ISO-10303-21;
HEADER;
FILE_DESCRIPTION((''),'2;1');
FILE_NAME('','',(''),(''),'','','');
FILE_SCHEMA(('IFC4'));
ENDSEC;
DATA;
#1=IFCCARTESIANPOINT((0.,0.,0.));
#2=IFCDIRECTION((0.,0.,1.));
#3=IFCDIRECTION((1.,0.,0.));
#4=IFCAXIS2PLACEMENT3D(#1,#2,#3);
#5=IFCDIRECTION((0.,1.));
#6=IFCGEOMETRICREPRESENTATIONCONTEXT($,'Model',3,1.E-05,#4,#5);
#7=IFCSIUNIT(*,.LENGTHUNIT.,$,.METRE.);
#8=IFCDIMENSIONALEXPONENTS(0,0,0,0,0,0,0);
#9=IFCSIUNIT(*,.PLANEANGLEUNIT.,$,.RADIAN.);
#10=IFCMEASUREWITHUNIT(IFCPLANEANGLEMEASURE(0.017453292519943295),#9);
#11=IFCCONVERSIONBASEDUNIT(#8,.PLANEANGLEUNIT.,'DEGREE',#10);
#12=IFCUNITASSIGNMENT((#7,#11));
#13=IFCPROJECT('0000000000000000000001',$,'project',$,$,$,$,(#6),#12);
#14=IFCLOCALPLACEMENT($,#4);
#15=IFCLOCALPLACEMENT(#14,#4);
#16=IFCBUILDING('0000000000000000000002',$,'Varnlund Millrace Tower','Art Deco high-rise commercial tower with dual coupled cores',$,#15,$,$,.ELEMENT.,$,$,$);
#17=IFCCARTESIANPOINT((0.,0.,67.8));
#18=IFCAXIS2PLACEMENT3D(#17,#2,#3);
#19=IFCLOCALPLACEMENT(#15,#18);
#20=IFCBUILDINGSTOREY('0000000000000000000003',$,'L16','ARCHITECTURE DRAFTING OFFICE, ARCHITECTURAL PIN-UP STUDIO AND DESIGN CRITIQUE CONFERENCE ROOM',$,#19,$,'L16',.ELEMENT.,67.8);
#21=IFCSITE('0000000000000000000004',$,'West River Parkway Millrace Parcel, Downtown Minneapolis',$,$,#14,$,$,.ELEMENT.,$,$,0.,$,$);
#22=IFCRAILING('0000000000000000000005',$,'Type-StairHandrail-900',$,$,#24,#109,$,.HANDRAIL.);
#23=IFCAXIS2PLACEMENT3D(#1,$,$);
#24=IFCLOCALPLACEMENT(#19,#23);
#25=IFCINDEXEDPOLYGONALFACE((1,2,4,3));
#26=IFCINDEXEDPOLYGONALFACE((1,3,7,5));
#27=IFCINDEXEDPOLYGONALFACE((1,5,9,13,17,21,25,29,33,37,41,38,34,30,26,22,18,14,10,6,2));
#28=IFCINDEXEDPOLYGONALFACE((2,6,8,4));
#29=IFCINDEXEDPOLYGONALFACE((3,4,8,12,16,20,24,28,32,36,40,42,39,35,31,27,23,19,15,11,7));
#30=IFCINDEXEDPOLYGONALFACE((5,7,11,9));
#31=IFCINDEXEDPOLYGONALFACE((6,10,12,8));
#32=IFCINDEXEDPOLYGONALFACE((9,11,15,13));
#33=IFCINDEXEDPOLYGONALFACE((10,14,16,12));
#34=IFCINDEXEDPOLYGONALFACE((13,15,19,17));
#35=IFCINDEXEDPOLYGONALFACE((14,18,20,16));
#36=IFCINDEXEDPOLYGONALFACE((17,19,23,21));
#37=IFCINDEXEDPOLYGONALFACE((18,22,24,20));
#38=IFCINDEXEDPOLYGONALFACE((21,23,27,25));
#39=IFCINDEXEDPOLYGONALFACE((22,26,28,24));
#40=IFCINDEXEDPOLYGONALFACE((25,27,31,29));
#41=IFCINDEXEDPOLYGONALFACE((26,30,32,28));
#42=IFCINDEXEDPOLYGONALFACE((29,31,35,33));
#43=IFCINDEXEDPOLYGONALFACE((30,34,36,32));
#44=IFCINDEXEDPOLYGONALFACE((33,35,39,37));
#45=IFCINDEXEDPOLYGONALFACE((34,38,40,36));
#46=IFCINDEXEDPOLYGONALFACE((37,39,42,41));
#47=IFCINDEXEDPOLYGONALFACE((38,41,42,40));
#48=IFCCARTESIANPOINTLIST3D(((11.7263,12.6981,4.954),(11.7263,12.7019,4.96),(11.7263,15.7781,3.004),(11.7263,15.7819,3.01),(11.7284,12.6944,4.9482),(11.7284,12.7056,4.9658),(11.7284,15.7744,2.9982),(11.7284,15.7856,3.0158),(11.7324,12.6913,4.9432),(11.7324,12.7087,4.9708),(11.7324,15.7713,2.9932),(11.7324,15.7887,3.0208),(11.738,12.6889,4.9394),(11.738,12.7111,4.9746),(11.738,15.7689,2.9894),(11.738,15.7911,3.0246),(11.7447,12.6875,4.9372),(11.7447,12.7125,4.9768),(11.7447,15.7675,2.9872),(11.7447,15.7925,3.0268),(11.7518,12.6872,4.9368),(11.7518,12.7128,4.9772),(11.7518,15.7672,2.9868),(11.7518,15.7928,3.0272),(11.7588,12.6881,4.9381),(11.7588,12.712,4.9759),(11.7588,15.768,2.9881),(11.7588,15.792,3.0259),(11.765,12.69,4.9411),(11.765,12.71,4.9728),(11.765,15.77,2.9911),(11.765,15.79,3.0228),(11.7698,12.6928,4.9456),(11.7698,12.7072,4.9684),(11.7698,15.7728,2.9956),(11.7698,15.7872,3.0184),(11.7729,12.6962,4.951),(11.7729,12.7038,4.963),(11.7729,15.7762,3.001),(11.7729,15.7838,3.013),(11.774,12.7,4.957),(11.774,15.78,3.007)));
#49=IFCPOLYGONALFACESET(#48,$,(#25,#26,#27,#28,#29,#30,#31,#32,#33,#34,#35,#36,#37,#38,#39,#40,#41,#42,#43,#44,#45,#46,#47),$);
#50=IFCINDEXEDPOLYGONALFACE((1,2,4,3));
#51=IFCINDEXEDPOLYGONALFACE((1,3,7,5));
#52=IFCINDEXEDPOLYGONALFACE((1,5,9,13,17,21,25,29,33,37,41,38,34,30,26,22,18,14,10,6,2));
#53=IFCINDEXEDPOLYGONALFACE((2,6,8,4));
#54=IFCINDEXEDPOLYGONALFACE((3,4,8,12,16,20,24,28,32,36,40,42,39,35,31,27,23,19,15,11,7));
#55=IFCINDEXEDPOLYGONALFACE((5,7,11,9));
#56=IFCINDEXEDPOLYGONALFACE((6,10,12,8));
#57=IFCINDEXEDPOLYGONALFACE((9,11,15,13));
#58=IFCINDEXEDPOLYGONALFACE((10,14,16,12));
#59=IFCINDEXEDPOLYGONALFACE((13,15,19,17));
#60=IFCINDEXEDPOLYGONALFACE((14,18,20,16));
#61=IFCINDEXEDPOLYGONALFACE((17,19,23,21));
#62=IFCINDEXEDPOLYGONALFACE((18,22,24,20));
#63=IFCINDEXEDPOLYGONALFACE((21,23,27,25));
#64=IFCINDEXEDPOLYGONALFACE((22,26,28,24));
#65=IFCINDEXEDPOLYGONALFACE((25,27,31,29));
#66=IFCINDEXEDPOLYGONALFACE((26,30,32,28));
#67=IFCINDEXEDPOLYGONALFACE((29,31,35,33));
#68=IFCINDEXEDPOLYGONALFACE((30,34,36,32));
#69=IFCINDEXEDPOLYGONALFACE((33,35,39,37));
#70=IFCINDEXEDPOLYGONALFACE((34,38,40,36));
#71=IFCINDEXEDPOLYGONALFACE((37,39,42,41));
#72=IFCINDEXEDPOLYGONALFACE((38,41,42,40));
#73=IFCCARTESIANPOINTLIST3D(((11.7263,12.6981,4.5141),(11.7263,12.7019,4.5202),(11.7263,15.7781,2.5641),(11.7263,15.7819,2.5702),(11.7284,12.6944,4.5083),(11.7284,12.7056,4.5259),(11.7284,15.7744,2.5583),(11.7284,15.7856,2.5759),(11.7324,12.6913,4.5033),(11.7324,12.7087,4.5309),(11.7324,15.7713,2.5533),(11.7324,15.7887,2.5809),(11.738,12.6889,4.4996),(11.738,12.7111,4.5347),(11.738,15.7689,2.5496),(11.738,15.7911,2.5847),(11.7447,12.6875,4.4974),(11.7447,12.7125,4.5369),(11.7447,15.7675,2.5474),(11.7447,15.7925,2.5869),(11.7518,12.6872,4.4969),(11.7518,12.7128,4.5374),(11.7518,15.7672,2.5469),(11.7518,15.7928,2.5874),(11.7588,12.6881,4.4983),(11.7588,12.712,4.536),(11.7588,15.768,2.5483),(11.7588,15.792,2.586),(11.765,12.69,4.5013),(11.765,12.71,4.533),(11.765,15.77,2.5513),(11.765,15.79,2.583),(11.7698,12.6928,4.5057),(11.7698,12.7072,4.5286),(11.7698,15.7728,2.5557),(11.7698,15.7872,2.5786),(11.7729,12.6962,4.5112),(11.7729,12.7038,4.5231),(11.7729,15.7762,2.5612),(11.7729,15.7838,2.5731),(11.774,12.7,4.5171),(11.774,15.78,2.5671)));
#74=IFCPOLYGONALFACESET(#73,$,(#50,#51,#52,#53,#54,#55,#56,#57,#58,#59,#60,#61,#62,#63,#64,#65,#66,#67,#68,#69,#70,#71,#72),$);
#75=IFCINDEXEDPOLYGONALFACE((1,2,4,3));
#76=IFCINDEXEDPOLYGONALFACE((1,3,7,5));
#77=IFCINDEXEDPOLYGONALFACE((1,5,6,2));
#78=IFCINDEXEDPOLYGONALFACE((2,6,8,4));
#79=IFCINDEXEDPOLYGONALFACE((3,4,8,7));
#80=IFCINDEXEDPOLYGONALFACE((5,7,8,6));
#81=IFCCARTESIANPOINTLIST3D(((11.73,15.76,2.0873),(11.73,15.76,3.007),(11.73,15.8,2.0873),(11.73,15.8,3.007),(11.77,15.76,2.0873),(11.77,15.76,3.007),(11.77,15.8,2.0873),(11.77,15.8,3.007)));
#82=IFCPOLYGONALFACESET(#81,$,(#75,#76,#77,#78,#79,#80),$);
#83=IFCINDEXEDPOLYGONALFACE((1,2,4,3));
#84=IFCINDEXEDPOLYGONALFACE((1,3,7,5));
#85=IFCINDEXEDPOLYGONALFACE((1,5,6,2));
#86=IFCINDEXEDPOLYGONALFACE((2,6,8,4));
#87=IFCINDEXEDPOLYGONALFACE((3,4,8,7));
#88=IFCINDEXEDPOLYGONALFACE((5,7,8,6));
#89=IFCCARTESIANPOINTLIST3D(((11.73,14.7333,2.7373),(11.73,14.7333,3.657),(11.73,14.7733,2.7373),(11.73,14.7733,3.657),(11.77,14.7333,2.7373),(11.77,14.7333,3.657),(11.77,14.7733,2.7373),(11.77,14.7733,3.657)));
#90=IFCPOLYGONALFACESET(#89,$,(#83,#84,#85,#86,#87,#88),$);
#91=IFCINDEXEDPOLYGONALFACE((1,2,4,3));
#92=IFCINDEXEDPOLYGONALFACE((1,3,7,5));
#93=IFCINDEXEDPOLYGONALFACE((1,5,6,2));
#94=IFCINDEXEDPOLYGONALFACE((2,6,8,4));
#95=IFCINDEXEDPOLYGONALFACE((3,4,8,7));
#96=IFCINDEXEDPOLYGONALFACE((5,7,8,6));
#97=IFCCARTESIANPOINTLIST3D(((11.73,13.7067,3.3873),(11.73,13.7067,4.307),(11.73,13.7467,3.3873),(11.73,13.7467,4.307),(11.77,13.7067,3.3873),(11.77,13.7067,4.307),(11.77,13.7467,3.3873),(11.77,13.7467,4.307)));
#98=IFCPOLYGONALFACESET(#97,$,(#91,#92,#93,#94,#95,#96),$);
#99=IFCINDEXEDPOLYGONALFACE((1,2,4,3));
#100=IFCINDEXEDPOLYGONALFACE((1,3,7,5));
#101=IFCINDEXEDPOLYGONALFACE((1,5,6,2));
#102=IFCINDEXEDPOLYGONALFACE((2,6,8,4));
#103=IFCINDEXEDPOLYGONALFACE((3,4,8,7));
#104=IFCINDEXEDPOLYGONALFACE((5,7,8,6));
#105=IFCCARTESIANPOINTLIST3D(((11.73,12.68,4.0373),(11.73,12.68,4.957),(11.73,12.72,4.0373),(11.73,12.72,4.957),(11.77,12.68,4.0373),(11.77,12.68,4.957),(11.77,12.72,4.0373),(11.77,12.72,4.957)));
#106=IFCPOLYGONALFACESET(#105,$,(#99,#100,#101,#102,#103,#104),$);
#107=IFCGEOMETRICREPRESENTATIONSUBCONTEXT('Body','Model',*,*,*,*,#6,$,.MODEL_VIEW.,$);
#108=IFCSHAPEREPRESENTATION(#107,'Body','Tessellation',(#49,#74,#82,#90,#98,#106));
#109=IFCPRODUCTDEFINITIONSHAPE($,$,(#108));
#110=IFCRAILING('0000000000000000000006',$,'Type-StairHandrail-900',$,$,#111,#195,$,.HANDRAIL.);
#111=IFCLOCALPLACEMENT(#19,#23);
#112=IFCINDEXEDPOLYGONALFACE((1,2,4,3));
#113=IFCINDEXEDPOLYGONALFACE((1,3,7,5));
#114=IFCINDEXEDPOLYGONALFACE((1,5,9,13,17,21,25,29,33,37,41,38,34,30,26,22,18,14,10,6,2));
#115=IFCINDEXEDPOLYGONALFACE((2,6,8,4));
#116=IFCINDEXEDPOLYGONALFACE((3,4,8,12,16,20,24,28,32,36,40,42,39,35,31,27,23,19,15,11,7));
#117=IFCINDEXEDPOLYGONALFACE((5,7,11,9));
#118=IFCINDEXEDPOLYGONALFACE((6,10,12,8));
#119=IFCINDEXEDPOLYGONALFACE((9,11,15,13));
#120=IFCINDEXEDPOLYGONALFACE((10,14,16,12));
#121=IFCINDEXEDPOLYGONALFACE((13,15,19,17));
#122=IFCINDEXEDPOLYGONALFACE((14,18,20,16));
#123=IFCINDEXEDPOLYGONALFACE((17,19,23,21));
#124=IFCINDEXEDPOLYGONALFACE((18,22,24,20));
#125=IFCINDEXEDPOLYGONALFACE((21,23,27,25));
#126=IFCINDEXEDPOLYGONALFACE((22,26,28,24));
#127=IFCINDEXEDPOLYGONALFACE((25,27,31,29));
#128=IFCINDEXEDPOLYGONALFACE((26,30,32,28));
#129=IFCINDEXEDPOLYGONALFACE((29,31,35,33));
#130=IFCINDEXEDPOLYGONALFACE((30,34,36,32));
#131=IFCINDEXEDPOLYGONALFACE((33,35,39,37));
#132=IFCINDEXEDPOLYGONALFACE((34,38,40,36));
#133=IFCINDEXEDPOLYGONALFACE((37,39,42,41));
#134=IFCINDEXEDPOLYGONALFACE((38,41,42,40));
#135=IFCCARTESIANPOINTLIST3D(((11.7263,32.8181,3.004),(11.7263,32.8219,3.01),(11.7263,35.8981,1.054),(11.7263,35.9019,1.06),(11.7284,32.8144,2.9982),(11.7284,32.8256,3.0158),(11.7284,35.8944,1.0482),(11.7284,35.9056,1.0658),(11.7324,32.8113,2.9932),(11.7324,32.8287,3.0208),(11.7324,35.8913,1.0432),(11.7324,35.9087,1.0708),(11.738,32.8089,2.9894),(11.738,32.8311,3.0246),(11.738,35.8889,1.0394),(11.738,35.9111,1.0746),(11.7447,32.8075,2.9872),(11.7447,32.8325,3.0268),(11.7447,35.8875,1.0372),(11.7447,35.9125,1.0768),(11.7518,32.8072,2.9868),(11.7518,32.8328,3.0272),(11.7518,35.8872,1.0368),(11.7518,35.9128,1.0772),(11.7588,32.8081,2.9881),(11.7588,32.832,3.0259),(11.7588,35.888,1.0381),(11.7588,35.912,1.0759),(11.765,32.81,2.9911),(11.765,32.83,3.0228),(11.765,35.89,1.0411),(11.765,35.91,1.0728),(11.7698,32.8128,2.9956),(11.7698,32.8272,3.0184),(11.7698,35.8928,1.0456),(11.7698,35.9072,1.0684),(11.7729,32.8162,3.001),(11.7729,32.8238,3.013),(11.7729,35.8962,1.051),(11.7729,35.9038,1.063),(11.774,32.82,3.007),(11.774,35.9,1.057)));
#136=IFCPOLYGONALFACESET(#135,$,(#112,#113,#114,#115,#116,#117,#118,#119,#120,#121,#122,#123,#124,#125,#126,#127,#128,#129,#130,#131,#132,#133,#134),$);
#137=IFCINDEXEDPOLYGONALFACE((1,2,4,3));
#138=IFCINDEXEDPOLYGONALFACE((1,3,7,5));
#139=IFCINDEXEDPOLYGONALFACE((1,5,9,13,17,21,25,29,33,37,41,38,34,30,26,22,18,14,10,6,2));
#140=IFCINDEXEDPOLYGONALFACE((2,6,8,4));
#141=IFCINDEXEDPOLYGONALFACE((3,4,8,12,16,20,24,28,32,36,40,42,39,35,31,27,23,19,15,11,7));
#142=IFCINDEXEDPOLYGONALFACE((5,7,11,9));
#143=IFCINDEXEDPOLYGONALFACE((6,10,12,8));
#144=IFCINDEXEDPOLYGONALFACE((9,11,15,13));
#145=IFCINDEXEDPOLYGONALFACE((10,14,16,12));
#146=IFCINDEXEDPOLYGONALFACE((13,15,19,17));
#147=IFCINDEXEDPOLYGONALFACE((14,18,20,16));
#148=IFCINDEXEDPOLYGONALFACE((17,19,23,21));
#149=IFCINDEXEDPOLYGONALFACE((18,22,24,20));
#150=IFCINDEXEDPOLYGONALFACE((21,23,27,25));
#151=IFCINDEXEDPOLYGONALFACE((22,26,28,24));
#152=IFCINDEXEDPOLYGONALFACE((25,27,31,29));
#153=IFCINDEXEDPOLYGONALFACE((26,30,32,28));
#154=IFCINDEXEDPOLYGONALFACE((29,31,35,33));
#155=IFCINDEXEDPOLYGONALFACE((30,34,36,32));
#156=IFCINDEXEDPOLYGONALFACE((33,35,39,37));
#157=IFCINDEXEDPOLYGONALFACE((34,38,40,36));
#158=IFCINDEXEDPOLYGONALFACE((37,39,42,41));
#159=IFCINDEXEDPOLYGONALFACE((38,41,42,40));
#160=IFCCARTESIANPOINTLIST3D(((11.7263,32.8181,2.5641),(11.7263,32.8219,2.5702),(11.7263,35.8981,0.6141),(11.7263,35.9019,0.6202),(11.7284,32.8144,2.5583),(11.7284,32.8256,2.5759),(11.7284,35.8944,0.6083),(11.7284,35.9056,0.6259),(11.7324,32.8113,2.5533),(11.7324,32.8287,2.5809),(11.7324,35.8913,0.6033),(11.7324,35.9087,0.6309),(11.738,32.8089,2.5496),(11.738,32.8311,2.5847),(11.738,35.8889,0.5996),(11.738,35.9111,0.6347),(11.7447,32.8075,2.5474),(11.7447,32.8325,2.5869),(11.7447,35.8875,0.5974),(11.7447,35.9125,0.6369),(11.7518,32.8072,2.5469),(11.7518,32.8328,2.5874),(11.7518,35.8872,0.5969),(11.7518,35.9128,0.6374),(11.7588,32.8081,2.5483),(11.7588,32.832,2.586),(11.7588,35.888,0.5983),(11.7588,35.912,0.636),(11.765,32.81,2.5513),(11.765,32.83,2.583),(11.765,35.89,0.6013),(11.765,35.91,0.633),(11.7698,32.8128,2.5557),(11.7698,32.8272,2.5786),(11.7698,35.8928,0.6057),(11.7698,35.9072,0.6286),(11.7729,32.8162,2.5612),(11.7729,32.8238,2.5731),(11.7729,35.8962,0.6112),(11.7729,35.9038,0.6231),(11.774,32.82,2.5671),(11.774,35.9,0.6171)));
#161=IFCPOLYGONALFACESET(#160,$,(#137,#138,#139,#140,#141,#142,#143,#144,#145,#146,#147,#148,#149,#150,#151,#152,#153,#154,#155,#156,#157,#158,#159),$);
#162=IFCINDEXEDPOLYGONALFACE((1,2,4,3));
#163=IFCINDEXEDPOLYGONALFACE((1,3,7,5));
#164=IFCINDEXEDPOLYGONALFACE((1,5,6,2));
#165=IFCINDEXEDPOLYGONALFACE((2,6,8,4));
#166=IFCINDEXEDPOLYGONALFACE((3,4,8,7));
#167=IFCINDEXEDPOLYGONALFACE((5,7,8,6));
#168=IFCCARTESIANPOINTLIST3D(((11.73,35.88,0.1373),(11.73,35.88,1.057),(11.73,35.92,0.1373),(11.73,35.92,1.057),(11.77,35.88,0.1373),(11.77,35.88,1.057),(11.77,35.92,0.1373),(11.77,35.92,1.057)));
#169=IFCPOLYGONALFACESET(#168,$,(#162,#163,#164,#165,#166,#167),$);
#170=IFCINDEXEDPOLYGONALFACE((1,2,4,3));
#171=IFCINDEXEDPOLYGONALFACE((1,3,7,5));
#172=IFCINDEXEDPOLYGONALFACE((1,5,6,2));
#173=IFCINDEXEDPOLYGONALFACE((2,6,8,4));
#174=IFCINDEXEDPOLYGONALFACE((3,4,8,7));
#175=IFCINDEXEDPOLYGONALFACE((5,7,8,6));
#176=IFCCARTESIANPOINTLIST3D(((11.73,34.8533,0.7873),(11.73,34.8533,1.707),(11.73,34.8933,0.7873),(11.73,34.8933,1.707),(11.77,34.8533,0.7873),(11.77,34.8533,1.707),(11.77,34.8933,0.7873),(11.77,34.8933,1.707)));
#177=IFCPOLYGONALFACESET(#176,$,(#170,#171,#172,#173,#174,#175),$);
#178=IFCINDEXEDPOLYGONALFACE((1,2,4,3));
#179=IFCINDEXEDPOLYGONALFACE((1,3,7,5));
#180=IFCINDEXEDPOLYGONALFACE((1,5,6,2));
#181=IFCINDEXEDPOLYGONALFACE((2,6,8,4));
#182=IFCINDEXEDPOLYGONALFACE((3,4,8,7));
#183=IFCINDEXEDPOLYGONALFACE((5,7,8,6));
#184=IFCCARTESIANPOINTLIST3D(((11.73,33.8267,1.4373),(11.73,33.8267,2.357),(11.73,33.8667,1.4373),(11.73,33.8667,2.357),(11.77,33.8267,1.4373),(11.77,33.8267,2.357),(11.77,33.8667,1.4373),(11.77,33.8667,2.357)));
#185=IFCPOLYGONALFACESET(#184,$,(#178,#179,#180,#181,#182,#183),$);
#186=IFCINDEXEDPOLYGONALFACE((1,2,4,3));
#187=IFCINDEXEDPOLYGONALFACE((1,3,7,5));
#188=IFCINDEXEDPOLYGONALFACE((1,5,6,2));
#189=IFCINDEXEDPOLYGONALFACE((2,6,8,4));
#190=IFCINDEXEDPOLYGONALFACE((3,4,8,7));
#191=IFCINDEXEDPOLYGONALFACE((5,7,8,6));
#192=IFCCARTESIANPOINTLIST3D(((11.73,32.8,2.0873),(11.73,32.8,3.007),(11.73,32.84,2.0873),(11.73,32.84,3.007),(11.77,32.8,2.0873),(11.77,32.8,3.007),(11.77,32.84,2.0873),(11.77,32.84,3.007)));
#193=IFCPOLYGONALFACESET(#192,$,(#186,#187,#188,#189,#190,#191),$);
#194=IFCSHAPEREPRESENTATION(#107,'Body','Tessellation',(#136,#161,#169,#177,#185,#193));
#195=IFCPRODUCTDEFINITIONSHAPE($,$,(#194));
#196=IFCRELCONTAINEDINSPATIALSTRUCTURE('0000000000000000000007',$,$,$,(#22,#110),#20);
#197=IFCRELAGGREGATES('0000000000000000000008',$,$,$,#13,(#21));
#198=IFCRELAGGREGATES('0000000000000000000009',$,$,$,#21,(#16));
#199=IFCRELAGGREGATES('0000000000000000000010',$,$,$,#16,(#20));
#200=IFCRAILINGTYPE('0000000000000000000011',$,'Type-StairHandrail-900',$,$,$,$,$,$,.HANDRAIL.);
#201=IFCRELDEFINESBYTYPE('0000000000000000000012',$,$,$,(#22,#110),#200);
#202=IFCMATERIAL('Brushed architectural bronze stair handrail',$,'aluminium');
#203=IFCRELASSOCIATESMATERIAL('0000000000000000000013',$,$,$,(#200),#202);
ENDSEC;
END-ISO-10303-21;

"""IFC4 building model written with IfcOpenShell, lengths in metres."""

from ifc_helpers import new_model, entity, si_unit, converted_unit, direction, frame, origin_with_axes, origin_2d_with_axis, place, context, subcontext, project, spatial, rectangle, circle, extrude, material, type_object, element, save


model = new_model("IFC4")

# Units and contexts
model_context = context("Model", 3, precision=1e-05, world=origin_with_axes(), true_north=direction((0.0, 1.0)))
body_context = subcontext(model_context, "Body", "Model", "MODEL_VIEW")
ifc_project = project(units=[si_unit("LENGTHUNIT", "METRE"), converted_unit("PLANEANGLEUNIT", "DEGREE", entity("IfcPlaneAngleMeasure", 0.017453292519943295), si_unit("PLANEANGLEUNIT", "RADIAN"), dimensions=[0, 0, 0, 0, 0, 0, 0])], contexts=[model_context])

# Site, building, storey
site_placement = place(None, origin_with_axes())
site = spatial("IfcSite", under=ifc_project, at=site_placement, Name="West River Parkway Millrace Parcel, Downtown Minneapolis", CompositionType="ELEMENT", RefElevation=0.0)
building_placement = place(site_placement, origin_with_axes())
building = spatial("IfcBuilding", under=site, at=building_placement, Name="Varnlund Millrace Tower", Description="Art Deco high-rise commercial tower with dual coupled cores", CompositionType="ELEMENT")
storey_placement = place(building_placement, frame((0.0, 0.0, 67.8), z_axis=(0.0, 0.0, 1.0), x_axis=(1.0, 0.0, 0.0)))
storey = spatial("IfcBuildingStorey", under=building, at=storey_placement, Name="L16", Description="ARCHITECTURE DRAFTING OFFICE, ARCHITECTURAL PIN-UP STUDIO AND DESIGN CRITIQUE CONFERENCE ROOM", LongName="L16", CompositionType="ELEMENT", Elevation=67.8)

# Railings
ifc_material_1 = material(Name="Brushed architectural bronze stair handrail", Category="aluminium")
railing_type_1 = type_object("IfcRailingType", Name="Type-StairHandrail-900", PredefinedType="HANDRAIL", material=ifc_material_1)
railing_1_placement = place(storey_placement, frame((0.0, 0.0, -67.8), z_axis=(0.0, 0.0, 1.0), x_axis=(1.0, 0.0, 0.0)))
element("IfcRailing", 1, at=railing_1_placement, inside=storey, type_object=railing_type_1, Name="Type-StairHandrail-900", PredefinedType="HANDRAIL", context=body_context, shape_type="SweptSolid", body=[
    extrude(circle(Radius=0.024, at=origin_2d_with_axis()), frame((11.75, 15.78, 70.807), z_axis=(0.0, -0.844902, 0.534922), x_axis=(1.0, 0.0, 0.0)), (0.0, 0.0, 1.0), 3.6454),
    extrude(circle(Radius=0.024, at=origin_2d_with_axis()), frame((11.75, 15.78, 70.3671), z_axis=(0.0, -0.844902, 0.534922), x_axis=(1.0, 0.0, 0.0)), (0.0, 0.0, 1.0), 3.6454),
    extrude(rectangle(XDim=0.04, YDim=0.04, at=origin_2d_with_axis()), frame((11.75, 15.78, 69.8873), z_axis=(0.0, 0.0, 1.0), x_axis=(1.0, 0.0, 0.0)), (0.0, 0.0, 1.0), 0.9197),
    extrude(rectangle(XDim=0.04, YDim=0.04, at=origin_2d_with_axis()), frame((11.75, 14.7533, 70.5373), z_axis=(0.0, 0.0, 1.0), x_axis=(1.0, 0.0, 0.0)), (0.0, 0.0, 1.0), 0.9197),
    extrude(rectangle(XDim=0.04, YDim=0.04, at=origin_2d_with_axis()), frame((11.75, 13.7267, 71.1873), z_axis=(0.0, 0.0, 1.0), x_axis=(1.0, 0.0, 0.0)), (0.0, 0.0, 1.0), 0.9197),
    extrude(rectangle(XDim=0.04, YDim=0.04, at=origin_2d_with_axis()), frame((11.75, 12.7, 71.8373), z_axis=(0.0, 0.0, 1.0), x_axis=(1.0, 0.0, 0.0)), (0.0, 0.0, 1.0), 0.9197),
])
railing_2_placement = place(storey_placement, frame((0.0, 0.0, -67.8), z_axis=(0.0, 0.0, 1.0), x_axis=(1.0, 0.0, 0.0)))
element("IfcRailing", 2, at=railing_2_placement, inside=storey, type_object=railing_type_1, Name="Type-StairHandrail-900", PredefinedType="HANDRAIL", context=body_context, shape_type="SweptSolid", body=[
    extrude(circle(Radius=0.024, at=origin_2d_with_axis()), frame((11.75, 35.9, 68.857), z_axis=(0.0, -0.844902, 0.534922), x_axis=(1.0, 0.0, 0.0)), (0.0, 0.0, 1.0), 3.6454),
    extrude(circle(Radius=0.024, at=origin_2d_with_axis()), frame((11.75, 35.9, 68.4171), z_axis=(0.0, -0.844902, 0.534922), x_axis=(1.0, 0.0, 0.0)), (0.0, 0.0, 1.0), 3.6454),
    extrude(rectangle(XDim=0.04, YDim=0.04, at=origin_2d_with_axis()), frame((11.75, 35.9, 67.9373), z_axis=(0.0, 0.0, 1.0), x_axis=(1.0, 0.0, 0.0)), (0.0, 0.0, 1.0), 0.9197),
    extrude(rectangle(XDim=0.04, YDim=0.04, at=origin_2d_with_axis()), frame((11.75, 34.8733, 68.5873), z_axis=(0.0, 0.0, 1.0), x_axis=(1.0, 0.0, 0.0)), (0.0, 0.0, 1.0), 0.9197),
    extrude(rectangle(XDim=0.04, YDim=0.04, at=origin_2d_with_axis()), frame((11.75, 33.8467, 69.2373), z_axis=(0.0, 0.0, 1.0), x_axis=(1.0, 0.0, 0.0)), (0.0, 0.0, 1.0), 0.9197),
    extrude(rectangle(XDim=0.04, YDim=0.04, at=origin_2d_with_axis()), frame((11.75, 32.82, 69.8873), z_axis=(0.0, 0.0, 1.0), x_axis=(1.0, 0.0, 0.0)), (0.0, 0.0, 1.0), 0.9197),
])

save(model, "model.ifc")
